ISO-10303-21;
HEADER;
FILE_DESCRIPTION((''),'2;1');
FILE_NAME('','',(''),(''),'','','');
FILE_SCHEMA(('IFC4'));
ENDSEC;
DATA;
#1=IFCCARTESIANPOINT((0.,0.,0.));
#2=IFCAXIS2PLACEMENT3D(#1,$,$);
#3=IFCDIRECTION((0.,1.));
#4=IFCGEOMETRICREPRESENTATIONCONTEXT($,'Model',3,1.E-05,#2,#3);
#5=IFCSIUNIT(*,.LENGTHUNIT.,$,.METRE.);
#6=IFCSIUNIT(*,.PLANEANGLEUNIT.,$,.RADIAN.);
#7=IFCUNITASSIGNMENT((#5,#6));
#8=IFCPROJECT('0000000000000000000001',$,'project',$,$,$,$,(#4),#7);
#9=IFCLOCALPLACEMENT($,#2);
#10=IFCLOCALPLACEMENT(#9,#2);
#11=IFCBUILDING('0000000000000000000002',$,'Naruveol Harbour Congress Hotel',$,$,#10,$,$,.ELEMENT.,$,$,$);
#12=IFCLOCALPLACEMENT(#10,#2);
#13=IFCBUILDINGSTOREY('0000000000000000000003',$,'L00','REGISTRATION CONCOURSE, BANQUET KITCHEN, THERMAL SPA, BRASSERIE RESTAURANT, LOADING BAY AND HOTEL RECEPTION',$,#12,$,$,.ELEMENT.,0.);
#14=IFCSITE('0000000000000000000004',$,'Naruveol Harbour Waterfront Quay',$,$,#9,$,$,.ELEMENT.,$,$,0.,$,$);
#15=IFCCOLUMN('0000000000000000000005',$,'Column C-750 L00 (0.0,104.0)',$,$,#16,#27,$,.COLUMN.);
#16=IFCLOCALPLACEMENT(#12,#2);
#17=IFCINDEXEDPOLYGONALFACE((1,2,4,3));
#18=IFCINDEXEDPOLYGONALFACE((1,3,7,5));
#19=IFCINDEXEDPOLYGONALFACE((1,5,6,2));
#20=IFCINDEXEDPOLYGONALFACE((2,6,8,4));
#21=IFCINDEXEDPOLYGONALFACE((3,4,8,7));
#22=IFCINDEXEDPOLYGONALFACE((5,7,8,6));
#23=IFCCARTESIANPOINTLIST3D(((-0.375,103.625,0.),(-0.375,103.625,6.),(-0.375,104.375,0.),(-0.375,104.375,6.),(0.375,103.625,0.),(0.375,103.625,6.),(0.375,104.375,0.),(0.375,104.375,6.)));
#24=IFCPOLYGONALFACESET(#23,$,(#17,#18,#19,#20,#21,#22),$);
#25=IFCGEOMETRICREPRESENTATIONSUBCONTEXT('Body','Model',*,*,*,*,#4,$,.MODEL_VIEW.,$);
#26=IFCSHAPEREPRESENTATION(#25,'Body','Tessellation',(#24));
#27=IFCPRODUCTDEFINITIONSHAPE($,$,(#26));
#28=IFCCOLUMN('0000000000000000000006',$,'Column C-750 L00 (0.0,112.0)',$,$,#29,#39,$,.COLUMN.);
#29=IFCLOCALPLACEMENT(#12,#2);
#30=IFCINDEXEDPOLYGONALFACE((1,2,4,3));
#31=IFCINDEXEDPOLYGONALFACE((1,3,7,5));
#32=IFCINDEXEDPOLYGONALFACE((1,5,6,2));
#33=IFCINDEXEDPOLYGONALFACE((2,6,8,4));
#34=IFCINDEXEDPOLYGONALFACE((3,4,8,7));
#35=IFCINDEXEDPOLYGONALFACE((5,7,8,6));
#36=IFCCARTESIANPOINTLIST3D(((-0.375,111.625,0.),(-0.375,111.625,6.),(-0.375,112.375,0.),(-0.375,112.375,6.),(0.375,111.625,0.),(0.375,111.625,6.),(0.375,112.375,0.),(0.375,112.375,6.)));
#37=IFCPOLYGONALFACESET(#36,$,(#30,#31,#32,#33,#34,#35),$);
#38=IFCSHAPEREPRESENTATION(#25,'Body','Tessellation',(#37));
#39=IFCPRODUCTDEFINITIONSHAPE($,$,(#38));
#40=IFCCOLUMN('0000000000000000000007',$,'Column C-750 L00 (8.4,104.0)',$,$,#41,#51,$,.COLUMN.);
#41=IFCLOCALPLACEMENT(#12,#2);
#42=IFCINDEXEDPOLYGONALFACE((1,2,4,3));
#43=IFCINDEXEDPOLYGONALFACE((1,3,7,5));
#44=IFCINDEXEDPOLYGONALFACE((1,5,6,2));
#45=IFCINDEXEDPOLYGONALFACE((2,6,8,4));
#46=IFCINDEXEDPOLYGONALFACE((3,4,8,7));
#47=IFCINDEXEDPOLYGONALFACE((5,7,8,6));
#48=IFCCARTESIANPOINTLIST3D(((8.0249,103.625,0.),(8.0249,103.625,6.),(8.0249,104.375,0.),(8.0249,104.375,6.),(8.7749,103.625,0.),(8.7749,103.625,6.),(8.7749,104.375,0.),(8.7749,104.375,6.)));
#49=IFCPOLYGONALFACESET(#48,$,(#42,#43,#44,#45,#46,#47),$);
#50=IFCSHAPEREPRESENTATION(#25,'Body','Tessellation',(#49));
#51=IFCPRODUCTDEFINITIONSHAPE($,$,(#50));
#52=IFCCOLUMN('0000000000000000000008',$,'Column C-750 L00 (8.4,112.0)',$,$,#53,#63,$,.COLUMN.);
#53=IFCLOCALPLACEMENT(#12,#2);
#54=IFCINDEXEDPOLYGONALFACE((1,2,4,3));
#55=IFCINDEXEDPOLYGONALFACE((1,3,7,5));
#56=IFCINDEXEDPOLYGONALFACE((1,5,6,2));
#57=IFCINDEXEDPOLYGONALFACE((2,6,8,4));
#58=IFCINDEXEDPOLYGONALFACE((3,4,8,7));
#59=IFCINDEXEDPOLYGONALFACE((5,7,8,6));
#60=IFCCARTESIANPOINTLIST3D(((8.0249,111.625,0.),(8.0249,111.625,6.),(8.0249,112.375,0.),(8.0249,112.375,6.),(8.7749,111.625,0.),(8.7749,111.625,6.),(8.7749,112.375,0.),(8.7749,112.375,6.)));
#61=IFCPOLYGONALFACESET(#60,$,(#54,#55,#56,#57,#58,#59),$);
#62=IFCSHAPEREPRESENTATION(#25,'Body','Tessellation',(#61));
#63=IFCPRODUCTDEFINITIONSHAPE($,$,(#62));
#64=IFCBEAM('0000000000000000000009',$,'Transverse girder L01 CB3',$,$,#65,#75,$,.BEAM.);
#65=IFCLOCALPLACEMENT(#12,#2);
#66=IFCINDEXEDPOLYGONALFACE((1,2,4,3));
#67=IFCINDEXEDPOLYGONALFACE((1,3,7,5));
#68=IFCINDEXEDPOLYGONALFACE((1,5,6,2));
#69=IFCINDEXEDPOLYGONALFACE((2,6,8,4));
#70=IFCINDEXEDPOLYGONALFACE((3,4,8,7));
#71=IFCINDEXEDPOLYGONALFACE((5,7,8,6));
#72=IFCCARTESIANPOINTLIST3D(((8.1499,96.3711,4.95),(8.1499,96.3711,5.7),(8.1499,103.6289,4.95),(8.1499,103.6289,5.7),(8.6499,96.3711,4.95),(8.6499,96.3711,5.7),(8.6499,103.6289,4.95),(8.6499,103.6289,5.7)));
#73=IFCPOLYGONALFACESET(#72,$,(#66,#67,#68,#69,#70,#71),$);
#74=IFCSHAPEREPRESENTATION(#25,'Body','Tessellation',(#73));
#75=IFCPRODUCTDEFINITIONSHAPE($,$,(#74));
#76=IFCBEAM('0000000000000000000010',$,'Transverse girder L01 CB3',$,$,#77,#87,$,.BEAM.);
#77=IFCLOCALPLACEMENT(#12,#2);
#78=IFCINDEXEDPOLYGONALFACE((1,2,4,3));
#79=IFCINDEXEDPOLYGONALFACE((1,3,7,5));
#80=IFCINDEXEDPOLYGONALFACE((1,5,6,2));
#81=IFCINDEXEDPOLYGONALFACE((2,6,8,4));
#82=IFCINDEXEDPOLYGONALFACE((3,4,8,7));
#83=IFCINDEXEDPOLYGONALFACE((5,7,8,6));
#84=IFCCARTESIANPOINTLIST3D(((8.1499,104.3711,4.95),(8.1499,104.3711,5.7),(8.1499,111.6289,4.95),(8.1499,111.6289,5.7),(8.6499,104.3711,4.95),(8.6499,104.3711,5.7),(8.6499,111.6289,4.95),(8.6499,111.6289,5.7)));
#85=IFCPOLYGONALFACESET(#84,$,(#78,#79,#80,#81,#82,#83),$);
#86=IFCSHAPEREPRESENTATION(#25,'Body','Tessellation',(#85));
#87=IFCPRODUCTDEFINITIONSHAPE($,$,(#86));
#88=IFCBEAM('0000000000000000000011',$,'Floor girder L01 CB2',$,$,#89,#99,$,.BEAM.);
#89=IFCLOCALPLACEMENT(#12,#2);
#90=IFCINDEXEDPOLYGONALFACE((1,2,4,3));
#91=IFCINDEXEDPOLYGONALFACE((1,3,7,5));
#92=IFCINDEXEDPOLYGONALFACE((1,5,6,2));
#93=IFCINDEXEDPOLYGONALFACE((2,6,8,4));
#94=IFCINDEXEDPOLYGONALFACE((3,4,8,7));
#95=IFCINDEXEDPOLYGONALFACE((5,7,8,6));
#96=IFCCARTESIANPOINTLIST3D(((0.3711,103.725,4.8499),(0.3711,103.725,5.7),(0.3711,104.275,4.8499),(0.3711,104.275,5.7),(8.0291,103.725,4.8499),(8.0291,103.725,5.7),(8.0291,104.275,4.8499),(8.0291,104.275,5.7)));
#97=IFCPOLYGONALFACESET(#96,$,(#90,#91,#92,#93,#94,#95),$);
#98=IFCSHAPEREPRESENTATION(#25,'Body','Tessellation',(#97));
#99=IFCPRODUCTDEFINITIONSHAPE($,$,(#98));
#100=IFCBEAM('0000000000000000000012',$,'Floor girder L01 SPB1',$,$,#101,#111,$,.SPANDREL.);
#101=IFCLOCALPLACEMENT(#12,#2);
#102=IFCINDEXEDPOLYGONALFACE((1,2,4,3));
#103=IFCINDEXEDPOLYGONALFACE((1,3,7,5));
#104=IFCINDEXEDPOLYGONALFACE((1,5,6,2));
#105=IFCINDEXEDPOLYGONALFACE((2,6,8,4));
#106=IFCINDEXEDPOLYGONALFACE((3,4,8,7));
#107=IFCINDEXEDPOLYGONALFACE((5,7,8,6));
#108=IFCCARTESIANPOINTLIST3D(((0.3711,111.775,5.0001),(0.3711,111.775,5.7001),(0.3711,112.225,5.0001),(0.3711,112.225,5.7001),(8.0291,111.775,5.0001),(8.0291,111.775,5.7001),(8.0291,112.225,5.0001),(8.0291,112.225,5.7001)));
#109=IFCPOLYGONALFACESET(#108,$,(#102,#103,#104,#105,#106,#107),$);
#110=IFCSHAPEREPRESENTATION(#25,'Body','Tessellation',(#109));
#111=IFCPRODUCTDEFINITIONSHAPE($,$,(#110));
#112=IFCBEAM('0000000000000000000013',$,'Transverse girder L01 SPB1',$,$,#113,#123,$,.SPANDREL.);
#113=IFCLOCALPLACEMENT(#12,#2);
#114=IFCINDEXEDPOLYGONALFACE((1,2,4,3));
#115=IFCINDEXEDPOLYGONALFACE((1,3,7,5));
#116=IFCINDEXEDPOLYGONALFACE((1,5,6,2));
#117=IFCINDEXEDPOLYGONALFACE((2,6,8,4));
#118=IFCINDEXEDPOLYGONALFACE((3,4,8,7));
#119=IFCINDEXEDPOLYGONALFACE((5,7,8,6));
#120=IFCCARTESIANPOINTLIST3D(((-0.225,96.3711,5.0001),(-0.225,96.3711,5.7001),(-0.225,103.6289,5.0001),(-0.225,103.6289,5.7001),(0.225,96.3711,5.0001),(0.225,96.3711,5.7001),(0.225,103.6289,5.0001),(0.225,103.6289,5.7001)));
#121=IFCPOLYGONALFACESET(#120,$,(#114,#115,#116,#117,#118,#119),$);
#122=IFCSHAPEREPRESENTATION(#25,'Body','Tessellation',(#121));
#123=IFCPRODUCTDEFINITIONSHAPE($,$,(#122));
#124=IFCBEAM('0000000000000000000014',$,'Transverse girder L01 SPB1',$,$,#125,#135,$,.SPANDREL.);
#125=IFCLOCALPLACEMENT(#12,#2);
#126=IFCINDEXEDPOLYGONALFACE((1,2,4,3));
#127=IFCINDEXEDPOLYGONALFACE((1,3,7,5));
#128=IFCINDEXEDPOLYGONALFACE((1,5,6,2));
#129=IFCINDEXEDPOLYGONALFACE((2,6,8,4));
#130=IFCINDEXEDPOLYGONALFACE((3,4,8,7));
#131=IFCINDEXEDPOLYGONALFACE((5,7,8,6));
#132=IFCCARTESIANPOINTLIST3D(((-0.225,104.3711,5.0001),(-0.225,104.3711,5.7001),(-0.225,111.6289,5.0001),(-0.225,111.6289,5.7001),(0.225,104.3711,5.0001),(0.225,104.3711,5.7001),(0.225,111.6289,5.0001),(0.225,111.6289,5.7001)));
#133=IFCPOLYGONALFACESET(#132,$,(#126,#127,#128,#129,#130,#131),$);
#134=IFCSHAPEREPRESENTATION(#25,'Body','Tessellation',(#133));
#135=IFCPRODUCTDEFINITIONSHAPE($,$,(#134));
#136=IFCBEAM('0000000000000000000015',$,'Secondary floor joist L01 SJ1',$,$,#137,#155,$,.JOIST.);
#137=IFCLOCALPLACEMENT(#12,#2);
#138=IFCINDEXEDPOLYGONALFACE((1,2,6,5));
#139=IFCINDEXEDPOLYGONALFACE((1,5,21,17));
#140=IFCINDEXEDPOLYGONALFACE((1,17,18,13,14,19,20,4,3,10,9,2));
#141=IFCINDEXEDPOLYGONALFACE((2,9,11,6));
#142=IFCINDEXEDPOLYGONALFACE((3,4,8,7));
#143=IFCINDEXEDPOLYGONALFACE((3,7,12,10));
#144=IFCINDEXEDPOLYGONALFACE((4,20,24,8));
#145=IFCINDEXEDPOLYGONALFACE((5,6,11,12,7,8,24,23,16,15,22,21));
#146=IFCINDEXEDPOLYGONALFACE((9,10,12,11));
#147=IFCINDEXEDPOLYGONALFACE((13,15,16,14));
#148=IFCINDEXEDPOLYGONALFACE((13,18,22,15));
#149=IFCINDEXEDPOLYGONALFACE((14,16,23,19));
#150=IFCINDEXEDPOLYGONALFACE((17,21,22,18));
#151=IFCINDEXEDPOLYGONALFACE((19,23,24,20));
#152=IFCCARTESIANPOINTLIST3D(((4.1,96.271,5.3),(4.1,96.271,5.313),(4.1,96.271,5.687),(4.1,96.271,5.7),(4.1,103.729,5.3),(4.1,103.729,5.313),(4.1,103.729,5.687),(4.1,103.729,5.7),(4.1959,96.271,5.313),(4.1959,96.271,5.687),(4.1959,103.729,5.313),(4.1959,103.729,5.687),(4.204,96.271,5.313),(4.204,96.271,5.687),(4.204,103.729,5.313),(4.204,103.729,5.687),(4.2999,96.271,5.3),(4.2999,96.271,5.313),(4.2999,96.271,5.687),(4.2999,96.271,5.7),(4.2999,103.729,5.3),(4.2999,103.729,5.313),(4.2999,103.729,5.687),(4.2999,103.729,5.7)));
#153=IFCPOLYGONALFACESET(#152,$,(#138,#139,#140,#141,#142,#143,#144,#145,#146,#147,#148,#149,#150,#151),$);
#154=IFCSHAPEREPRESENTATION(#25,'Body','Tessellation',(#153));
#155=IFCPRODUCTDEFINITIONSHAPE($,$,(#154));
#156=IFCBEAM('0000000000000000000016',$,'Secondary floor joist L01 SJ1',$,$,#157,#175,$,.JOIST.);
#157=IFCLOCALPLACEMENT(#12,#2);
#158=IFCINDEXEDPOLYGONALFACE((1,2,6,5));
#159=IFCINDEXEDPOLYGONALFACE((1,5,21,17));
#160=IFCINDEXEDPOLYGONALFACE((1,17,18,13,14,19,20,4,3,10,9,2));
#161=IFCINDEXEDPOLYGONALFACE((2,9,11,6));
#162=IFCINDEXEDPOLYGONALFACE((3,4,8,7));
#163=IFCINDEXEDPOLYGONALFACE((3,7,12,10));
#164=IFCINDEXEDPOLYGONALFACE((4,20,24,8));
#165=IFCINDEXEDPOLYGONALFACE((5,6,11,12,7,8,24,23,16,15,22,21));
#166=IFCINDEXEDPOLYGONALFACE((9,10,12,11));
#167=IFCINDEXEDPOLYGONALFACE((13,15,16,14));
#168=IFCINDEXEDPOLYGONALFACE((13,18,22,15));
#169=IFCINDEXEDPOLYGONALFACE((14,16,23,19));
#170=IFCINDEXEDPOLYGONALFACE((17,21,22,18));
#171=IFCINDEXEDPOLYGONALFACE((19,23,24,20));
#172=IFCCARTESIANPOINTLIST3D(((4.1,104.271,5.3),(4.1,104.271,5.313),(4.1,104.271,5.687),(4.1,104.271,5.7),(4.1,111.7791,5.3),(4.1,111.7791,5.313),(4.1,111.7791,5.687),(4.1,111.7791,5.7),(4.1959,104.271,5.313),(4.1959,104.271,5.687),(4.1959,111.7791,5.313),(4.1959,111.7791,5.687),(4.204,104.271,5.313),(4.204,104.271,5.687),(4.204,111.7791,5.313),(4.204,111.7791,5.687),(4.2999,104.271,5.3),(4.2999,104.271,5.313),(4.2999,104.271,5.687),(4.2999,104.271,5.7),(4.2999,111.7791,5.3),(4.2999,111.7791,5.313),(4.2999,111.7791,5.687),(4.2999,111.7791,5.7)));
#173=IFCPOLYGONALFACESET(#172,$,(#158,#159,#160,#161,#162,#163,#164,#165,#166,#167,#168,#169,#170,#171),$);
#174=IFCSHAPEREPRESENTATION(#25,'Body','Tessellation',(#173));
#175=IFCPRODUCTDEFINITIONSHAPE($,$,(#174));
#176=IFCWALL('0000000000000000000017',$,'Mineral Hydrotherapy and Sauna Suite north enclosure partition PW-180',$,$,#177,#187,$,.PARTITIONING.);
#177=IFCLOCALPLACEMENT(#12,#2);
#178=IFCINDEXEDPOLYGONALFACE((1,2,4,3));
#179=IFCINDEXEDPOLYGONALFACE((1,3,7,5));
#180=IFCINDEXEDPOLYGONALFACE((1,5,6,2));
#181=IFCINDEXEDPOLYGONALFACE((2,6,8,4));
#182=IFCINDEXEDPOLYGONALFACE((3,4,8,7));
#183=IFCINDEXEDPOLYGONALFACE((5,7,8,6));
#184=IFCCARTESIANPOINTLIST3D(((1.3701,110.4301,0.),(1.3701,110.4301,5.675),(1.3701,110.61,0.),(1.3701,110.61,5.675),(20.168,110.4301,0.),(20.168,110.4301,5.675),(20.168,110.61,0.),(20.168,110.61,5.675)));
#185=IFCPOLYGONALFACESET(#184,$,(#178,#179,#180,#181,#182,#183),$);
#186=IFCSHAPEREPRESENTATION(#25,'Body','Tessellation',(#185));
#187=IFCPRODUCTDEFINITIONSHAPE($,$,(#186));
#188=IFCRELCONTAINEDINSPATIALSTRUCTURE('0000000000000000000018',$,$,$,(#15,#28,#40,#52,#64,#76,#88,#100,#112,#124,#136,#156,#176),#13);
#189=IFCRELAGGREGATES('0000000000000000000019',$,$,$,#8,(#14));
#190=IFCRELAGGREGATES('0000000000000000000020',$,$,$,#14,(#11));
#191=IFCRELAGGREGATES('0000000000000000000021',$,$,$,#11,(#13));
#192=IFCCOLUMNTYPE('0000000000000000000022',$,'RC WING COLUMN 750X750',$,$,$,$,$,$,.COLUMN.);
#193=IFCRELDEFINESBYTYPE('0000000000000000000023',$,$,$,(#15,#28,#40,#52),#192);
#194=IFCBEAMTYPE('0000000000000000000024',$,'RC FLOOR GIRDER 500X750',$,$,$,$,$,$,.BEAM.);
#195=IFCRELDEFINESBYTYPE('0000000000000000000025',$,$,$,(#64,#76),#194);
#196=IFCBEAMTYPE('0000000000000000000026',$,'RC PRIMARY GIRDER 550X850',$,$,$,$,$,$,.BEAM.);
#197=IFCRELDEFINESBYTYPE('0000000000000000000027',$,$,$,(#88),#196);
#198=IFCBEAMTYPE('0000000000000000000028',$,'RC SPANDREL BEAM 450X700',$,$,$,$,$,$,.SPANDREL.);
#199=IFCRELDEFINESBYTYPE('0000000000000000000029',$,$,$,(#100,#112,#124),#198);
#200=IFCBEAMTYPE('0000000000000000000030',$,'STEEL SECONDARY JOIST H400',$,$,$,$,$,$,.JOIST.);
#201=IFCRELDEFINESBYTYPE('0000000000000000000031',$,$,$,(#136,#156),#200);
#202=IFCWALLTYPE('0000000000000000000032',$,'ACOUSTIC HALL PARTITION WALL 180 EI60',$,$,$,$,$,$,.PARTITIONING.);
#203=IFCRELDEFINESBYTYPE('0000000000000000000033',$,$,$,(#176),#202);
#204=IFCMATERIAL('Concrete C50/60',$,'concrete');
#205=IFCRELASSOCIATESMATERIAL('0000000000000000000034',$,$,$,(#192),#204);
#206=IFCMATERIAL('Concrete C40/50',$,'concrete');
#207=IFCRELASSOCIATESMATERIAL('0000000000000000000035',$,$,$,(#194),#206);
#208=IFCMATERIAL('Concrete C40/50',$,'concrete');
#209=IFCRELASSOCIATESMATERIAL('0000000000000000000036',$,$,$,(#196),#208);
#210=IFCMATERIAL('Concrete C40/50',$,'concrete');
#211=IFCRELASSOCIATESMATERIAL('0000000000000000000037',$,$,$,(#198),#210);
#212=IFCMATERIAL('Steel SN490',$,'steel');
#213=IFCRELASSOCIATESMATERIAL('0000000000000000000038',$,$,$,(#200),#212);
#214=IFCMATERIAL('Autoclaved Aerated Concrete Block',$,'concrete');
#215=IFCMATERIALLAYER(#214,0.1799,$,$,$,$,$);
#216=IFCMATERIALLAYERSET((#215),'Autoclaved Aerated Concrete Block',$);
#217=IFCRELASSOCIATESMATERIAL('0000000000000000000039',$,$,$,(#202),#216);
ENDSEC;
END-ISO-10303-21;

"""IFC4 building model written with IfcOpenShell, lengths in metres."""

from ifc_helpers import new_model, si_unit, direction, frame, frame_2d, origin, origin_2d, place, context, subcontext, project, spatial, rectangle, i_section, extrude, material, layer, layer_set, material_profile, profile_set, type_object, element, save


model = new_model("IFC4")

# Units and contexts
model_context = context("Model", 3, precision=1e-05, world=origin(), true_north=direction((0.0, 1.0)))
body_context = subcontext(model_context, "Body", "Model", "MODEL_VIEW")
ifc_project = project(units=[si_unit("LENGTHUNIT", "METRE"), si_unit("PLANEANGLEUNIT", "RADIAN")], contexts=[model_context])

# Site, building, storey
site_placement = place(None, origin())
site = spatial("IfcSite", under=ifc_project, at=site_placement, Name="Naruveol Harbour Waterfront Quay", CompositionType="ELEMENT", RefElevation=0.0)
building_placement = place(site_placement, origin())
building = spatial("IfcBuilding", under=site, at=building_placement, Name="Naruveol Harbour Congress Hotel", CompositionType="ELEMENT")
storey_placement = place(building_placement, origin())
storey = spatial("IfcBuildingStorey", under=building, at=storey_placement, Name="L00", Description="REGISTRATION CONCOURSE, BANQUET KITCHEN, THERMAL SPA, BRASSERIE RESTAURANT, LOADING BAY AND HOTEL RECEPTION", CompositionType="ELEMENT", Elevation=0.0)

# Columns
ifc_material_1 = material(Name="Concrete C50/60", Category="concrete")
ifc_material_profile_1 = material_profile(ifc_material_1, rectangle(XDim=0.75, YDim=0.75, at=origin_2d()), Name="RC-750x750")
ifc_profile_set_1 = profile_set([ifc_material_profile_1], Name="Concrete C50/60")
column_type = type_object("IfcColumnType", Name="RC WING COLUMN 750X750", PredefinedType="COLUMN", material=ifc_profile_set_1)
for number, where, z_axis, x_axis, name in (
    (1, (0.0, 104.0, 0.0), (0.0, 0.0, 1.0), (1.0, 0.0, 0.0), "Column C-750 L00 (0.0,104.0)"),
    (2, (0.0, 112.0, 0.0), (0.0, 0.0, 1.0), (1.0, 0.0, 0.0), "Column C-750 L00 (0.0,112.0)"),
    (3, (8.3999, 104.0, 0.0), (0.0, 0.0, 1.0), (1.0, 0.0, 0.0), "Column C-750 L00 (8.4,104.0)"),
    (4, (8.3999, 112.0, 0.0), (0.0, 0.0, 1.0), (1.0, 0.0, 0.0), "Column C-750 L00 (8.4,112.0)"),
):
    element("IfcColumn", number, at=place(storey_placement, frame(where, z_axis=z_axis, x_axis=x_axis)), inside=storey, type_object=column_type, Name=name, PredefinedType="COLUMN", context=body_context, shape_type="SweptSolid", body=[
        extrude(rectangle(XDim=0.75, YDim=0.75, at=origin_2d()), origin(), (0.0, 0.0, 1.0), 6.0),
    ])

# Beams
ifc_material_2 = material(Name="Concrete C40/50", Category="concrete")
ifc_material_profile_2 = material_profile(ifc_material_2, rectangle(XDim=0.5, YDim=0.75, at=origin_2d()), Name="RCB-500x750")
ifc_profile_set_2 = profile_set([ifc_material_profile_2], Name="Concrete C40/50")
beam_type_1 = type_object("IfcBeamType", Name="RC FLOOR GIRDER 500X750", PredefinedType="BEAM", material=ifc_profile_set_2)
for number, where, z_axis, x_axis, name in (
    (5, (8.3999, 96.3711, 5.325), (0.0, 1.0, 0.0), (-1.0, 0.0, 0.0), "Transverse girder L01 CB3"),
    (6, (8.3999, 104.3711, 5.325), (0.0, 1.0, 0.0), (-1.0, 0.0, 0.0), "Transverse girder L01 CB3"),
):
    element("IfcBeam", number, at=place(storey_placement, frame(where, z_axis=z_axis, x_axis=x_axis)), inside=storey, type_object=beam_type_1, Name=name, PredefinedType="BEAM", context=body_context, shape_type="SweptSolid", body=[
        extrude(rectangle(XDim=0.5, YDim=0.75, at=origin_2d()), origin(), (0.0, 0.0, 1.0), 7.2578),
    ])
ifc_material_3 = material(Name="Concrete C40/50", Category="concrete")
ifc_material_profile_3 = material_profile(ifc_material_3, rectangle(XDim=0.55, YDim=0.8501, at=origin_2d()), Name="RCB-550x850")
ifc_profile_set_3 = profile_set([ifc_material_profile_3], Name="Concrete C40/50")
beam_type_2 = type_object("IfcBeamType", Name="RC PRIMARY GIRDER 550X850", PredefinedType="BEAM", material=ifc_profile_set_3)
beam_1_placement = place(storey_placement, frame((0.3711, 104.0, 5.2749), z_axis=(1.0, 0.0, 0.0), x_axis=(0.0, 1.0, 0.0)))
element("IfcBeam", 7, at=beam_1_placement, inside=storey, type_object=beam_type_2, Name="Floor girder L01 CB2", PredefinedType="BEAM", context=body_context, shape_type="SweptSolid", body=[
    extrude(rectangle(XDim=0.55, YDim=0.8501, at=origin_2d()), origin(), (0.0, 0.0, 1.0), 7.658),
])
ifc_material_4 = material(Name="Concrete C40/50", Category="concrete")
ifc_material_profile_4 = material_profile(ifc_material_4, rectangle(XDim=0.45, YDim=0.7, at=origin_2d()), Name="RCB-450x700")
ifc_profile_set_4 = profile_set([ifc_material_profile_4], Name="Concrete C40/50")
beam_type_3 = type_object("IfcBeamType", Name="RC SPANDREL BEAM 450X700", PredefinedType="SPANDREL", material=ifc_profile_set_4)
beam_2_placement = place(storey_placement, frame((0.3711, 112.0, 5.3501), z_axis=(1.0, 0.0, 0.0), x_axis=(0.0, 1.0, 0.0)))
element("IfcBeam", 8, at=beam_2_placement, inside=storey, type_object=beam_type_3, Name="Floor girder L01 SPB1", PredefinedType="SPANDREL", context=body_context, shape_type="SweptSolid", body=[
    extrude(rectangle(XDim=0.45, YDim=0.7, at=origin_2d()), origin(), (0.0, 0.0, 1.0), 7.658),
])
for number, where, z_axis, x_axis, name in (
    (9, (0.0, 96.3711, 5.3501), (0.0, 1.0, 0.0), (-1.0, 0.0, 0.0), "Transverse girder L01 SPB1"),
    (10, (0.0, 104.3711, 5.3501), (0.0, 1.0, 0.0), (-1.0, 0.0, 0.0), "Transverse girder L01 SPB1"),
):
    element("IfcBeam", number, at=place(storey_placement, frame(where, z_axis=z_axis, x_axis=x_axis)), inside=storey, type_object=beam_type_3, Name=name, PredefinedType="SPANDREL", context=body_context, shape_type="SweptSolid", body=[
        extrude(rectangle(XDim=0.45, YDim=0.7, at=origin_2d()), origin(), (0.0, 0.0, 1.0), 7.2578),
    ])
ifc_material_5 = material(Name="Steel SN490", Category="steel")
ifc_material_profile_5 = material_profile(ifc_material_5, i_section(OverallWidth=0.2, OverallDepth=0.3999, WebThickness=0.0081, FlangeThickness=0.0129, at=origin_2d()), Name="H-400x200x8x13")
ifc_profile_set_5 = profile_set([ifc_material_profile_5], Name="Steel SN490")
beam_type_4 = type_object("IfcBeamType", Name="STEEL SECONDARY JOIST H400", PredefinedType="JOIST", material=ifc_profile_set_5)
beam_3_placement = place(storey_placement, frame((4.2, 96.271, 5.5), z_axis=(0.0, 1.0, 0.0), x_axis=(-1.0, 0.0, 0.0)))
element("IfcBeam", 11, at=beam_3_placement, inside=storey, type_object=beam_type_4, Name="Secondary floor joist L01 SJ1", PredefinedType="JOIST", context=body_context, shape_type="SweptSolid", body=[
    extrude(i_section(OverallWidth=0.2, OverallDepth=0.3999, WebThickness=0.0081, FlangeThickness=0.0129, at=origin_2d()), origin(), (0.0, 0.0, 1.0), 7.458),
])
beam_4_placement = place(storey_placement, frame((4.2, 104.271, 5.5), z_axis=(0.0, 1.0, 0.0), x_axis=(-1.0, 0.0, 0.0)))
element("IfcBeam", 12, at=beam_4_placement, inside=storey, type_object=beam_type_4, Name="Secondary floor joist L01 SJ1", PredefinedType="JOIST", context=body_context, shape_type="SweptSolid", body=[
    extrude(i_section(OverallWidth=0.2, OverallDepth=0.3999, WebThickness=0.0081, FlangeThickness=0.0129, at=origin_2d()), origin(), (0.0, 0.0, 1.0), 7.5081),
])

# Wall
ifc_material_6 = material(Name="Autoclaved Aerated Concrete Block", Category="concrete")
ifc_layer_1 = layer(ifc_material_6, 0.1799)
ifc_layer_set_1 = layer_set([ifc_layer_1], Name="Autoclaved Aerated Concrete Block")
wall_type_1 = type_object("IfcWallType", Name="ACOUSTIC HALL PARTITION WALL 180 EI60", PredefinedType="PARTITIONING", material=ifc_layer_set_1)
wall_1_placement = place(storey_placement, frame((1.3701, 110.52, 0.0), z_axis=(0.0, 0.0, 1.0), x_axis=(1.0, 0.0, 0.0)))
element("IfcWall", 13, at=wall_1_placement, inside=storey, type_object=wall_type_1, Name="Mineral Hydrotherapy and Sauna Suite north enclosure partition PW-180", PredefinedType="PARTITIONING", context=body_context, shape_type="SweptSolid", body=[
    extrude(rectangle(XDim=18.7979, YDim=0.1799, at=frame_2d((9.3989, 0.0))), origin(), (0.0, 0.0, 1.0), 5.675),
])

save(model, "model.ifc")
